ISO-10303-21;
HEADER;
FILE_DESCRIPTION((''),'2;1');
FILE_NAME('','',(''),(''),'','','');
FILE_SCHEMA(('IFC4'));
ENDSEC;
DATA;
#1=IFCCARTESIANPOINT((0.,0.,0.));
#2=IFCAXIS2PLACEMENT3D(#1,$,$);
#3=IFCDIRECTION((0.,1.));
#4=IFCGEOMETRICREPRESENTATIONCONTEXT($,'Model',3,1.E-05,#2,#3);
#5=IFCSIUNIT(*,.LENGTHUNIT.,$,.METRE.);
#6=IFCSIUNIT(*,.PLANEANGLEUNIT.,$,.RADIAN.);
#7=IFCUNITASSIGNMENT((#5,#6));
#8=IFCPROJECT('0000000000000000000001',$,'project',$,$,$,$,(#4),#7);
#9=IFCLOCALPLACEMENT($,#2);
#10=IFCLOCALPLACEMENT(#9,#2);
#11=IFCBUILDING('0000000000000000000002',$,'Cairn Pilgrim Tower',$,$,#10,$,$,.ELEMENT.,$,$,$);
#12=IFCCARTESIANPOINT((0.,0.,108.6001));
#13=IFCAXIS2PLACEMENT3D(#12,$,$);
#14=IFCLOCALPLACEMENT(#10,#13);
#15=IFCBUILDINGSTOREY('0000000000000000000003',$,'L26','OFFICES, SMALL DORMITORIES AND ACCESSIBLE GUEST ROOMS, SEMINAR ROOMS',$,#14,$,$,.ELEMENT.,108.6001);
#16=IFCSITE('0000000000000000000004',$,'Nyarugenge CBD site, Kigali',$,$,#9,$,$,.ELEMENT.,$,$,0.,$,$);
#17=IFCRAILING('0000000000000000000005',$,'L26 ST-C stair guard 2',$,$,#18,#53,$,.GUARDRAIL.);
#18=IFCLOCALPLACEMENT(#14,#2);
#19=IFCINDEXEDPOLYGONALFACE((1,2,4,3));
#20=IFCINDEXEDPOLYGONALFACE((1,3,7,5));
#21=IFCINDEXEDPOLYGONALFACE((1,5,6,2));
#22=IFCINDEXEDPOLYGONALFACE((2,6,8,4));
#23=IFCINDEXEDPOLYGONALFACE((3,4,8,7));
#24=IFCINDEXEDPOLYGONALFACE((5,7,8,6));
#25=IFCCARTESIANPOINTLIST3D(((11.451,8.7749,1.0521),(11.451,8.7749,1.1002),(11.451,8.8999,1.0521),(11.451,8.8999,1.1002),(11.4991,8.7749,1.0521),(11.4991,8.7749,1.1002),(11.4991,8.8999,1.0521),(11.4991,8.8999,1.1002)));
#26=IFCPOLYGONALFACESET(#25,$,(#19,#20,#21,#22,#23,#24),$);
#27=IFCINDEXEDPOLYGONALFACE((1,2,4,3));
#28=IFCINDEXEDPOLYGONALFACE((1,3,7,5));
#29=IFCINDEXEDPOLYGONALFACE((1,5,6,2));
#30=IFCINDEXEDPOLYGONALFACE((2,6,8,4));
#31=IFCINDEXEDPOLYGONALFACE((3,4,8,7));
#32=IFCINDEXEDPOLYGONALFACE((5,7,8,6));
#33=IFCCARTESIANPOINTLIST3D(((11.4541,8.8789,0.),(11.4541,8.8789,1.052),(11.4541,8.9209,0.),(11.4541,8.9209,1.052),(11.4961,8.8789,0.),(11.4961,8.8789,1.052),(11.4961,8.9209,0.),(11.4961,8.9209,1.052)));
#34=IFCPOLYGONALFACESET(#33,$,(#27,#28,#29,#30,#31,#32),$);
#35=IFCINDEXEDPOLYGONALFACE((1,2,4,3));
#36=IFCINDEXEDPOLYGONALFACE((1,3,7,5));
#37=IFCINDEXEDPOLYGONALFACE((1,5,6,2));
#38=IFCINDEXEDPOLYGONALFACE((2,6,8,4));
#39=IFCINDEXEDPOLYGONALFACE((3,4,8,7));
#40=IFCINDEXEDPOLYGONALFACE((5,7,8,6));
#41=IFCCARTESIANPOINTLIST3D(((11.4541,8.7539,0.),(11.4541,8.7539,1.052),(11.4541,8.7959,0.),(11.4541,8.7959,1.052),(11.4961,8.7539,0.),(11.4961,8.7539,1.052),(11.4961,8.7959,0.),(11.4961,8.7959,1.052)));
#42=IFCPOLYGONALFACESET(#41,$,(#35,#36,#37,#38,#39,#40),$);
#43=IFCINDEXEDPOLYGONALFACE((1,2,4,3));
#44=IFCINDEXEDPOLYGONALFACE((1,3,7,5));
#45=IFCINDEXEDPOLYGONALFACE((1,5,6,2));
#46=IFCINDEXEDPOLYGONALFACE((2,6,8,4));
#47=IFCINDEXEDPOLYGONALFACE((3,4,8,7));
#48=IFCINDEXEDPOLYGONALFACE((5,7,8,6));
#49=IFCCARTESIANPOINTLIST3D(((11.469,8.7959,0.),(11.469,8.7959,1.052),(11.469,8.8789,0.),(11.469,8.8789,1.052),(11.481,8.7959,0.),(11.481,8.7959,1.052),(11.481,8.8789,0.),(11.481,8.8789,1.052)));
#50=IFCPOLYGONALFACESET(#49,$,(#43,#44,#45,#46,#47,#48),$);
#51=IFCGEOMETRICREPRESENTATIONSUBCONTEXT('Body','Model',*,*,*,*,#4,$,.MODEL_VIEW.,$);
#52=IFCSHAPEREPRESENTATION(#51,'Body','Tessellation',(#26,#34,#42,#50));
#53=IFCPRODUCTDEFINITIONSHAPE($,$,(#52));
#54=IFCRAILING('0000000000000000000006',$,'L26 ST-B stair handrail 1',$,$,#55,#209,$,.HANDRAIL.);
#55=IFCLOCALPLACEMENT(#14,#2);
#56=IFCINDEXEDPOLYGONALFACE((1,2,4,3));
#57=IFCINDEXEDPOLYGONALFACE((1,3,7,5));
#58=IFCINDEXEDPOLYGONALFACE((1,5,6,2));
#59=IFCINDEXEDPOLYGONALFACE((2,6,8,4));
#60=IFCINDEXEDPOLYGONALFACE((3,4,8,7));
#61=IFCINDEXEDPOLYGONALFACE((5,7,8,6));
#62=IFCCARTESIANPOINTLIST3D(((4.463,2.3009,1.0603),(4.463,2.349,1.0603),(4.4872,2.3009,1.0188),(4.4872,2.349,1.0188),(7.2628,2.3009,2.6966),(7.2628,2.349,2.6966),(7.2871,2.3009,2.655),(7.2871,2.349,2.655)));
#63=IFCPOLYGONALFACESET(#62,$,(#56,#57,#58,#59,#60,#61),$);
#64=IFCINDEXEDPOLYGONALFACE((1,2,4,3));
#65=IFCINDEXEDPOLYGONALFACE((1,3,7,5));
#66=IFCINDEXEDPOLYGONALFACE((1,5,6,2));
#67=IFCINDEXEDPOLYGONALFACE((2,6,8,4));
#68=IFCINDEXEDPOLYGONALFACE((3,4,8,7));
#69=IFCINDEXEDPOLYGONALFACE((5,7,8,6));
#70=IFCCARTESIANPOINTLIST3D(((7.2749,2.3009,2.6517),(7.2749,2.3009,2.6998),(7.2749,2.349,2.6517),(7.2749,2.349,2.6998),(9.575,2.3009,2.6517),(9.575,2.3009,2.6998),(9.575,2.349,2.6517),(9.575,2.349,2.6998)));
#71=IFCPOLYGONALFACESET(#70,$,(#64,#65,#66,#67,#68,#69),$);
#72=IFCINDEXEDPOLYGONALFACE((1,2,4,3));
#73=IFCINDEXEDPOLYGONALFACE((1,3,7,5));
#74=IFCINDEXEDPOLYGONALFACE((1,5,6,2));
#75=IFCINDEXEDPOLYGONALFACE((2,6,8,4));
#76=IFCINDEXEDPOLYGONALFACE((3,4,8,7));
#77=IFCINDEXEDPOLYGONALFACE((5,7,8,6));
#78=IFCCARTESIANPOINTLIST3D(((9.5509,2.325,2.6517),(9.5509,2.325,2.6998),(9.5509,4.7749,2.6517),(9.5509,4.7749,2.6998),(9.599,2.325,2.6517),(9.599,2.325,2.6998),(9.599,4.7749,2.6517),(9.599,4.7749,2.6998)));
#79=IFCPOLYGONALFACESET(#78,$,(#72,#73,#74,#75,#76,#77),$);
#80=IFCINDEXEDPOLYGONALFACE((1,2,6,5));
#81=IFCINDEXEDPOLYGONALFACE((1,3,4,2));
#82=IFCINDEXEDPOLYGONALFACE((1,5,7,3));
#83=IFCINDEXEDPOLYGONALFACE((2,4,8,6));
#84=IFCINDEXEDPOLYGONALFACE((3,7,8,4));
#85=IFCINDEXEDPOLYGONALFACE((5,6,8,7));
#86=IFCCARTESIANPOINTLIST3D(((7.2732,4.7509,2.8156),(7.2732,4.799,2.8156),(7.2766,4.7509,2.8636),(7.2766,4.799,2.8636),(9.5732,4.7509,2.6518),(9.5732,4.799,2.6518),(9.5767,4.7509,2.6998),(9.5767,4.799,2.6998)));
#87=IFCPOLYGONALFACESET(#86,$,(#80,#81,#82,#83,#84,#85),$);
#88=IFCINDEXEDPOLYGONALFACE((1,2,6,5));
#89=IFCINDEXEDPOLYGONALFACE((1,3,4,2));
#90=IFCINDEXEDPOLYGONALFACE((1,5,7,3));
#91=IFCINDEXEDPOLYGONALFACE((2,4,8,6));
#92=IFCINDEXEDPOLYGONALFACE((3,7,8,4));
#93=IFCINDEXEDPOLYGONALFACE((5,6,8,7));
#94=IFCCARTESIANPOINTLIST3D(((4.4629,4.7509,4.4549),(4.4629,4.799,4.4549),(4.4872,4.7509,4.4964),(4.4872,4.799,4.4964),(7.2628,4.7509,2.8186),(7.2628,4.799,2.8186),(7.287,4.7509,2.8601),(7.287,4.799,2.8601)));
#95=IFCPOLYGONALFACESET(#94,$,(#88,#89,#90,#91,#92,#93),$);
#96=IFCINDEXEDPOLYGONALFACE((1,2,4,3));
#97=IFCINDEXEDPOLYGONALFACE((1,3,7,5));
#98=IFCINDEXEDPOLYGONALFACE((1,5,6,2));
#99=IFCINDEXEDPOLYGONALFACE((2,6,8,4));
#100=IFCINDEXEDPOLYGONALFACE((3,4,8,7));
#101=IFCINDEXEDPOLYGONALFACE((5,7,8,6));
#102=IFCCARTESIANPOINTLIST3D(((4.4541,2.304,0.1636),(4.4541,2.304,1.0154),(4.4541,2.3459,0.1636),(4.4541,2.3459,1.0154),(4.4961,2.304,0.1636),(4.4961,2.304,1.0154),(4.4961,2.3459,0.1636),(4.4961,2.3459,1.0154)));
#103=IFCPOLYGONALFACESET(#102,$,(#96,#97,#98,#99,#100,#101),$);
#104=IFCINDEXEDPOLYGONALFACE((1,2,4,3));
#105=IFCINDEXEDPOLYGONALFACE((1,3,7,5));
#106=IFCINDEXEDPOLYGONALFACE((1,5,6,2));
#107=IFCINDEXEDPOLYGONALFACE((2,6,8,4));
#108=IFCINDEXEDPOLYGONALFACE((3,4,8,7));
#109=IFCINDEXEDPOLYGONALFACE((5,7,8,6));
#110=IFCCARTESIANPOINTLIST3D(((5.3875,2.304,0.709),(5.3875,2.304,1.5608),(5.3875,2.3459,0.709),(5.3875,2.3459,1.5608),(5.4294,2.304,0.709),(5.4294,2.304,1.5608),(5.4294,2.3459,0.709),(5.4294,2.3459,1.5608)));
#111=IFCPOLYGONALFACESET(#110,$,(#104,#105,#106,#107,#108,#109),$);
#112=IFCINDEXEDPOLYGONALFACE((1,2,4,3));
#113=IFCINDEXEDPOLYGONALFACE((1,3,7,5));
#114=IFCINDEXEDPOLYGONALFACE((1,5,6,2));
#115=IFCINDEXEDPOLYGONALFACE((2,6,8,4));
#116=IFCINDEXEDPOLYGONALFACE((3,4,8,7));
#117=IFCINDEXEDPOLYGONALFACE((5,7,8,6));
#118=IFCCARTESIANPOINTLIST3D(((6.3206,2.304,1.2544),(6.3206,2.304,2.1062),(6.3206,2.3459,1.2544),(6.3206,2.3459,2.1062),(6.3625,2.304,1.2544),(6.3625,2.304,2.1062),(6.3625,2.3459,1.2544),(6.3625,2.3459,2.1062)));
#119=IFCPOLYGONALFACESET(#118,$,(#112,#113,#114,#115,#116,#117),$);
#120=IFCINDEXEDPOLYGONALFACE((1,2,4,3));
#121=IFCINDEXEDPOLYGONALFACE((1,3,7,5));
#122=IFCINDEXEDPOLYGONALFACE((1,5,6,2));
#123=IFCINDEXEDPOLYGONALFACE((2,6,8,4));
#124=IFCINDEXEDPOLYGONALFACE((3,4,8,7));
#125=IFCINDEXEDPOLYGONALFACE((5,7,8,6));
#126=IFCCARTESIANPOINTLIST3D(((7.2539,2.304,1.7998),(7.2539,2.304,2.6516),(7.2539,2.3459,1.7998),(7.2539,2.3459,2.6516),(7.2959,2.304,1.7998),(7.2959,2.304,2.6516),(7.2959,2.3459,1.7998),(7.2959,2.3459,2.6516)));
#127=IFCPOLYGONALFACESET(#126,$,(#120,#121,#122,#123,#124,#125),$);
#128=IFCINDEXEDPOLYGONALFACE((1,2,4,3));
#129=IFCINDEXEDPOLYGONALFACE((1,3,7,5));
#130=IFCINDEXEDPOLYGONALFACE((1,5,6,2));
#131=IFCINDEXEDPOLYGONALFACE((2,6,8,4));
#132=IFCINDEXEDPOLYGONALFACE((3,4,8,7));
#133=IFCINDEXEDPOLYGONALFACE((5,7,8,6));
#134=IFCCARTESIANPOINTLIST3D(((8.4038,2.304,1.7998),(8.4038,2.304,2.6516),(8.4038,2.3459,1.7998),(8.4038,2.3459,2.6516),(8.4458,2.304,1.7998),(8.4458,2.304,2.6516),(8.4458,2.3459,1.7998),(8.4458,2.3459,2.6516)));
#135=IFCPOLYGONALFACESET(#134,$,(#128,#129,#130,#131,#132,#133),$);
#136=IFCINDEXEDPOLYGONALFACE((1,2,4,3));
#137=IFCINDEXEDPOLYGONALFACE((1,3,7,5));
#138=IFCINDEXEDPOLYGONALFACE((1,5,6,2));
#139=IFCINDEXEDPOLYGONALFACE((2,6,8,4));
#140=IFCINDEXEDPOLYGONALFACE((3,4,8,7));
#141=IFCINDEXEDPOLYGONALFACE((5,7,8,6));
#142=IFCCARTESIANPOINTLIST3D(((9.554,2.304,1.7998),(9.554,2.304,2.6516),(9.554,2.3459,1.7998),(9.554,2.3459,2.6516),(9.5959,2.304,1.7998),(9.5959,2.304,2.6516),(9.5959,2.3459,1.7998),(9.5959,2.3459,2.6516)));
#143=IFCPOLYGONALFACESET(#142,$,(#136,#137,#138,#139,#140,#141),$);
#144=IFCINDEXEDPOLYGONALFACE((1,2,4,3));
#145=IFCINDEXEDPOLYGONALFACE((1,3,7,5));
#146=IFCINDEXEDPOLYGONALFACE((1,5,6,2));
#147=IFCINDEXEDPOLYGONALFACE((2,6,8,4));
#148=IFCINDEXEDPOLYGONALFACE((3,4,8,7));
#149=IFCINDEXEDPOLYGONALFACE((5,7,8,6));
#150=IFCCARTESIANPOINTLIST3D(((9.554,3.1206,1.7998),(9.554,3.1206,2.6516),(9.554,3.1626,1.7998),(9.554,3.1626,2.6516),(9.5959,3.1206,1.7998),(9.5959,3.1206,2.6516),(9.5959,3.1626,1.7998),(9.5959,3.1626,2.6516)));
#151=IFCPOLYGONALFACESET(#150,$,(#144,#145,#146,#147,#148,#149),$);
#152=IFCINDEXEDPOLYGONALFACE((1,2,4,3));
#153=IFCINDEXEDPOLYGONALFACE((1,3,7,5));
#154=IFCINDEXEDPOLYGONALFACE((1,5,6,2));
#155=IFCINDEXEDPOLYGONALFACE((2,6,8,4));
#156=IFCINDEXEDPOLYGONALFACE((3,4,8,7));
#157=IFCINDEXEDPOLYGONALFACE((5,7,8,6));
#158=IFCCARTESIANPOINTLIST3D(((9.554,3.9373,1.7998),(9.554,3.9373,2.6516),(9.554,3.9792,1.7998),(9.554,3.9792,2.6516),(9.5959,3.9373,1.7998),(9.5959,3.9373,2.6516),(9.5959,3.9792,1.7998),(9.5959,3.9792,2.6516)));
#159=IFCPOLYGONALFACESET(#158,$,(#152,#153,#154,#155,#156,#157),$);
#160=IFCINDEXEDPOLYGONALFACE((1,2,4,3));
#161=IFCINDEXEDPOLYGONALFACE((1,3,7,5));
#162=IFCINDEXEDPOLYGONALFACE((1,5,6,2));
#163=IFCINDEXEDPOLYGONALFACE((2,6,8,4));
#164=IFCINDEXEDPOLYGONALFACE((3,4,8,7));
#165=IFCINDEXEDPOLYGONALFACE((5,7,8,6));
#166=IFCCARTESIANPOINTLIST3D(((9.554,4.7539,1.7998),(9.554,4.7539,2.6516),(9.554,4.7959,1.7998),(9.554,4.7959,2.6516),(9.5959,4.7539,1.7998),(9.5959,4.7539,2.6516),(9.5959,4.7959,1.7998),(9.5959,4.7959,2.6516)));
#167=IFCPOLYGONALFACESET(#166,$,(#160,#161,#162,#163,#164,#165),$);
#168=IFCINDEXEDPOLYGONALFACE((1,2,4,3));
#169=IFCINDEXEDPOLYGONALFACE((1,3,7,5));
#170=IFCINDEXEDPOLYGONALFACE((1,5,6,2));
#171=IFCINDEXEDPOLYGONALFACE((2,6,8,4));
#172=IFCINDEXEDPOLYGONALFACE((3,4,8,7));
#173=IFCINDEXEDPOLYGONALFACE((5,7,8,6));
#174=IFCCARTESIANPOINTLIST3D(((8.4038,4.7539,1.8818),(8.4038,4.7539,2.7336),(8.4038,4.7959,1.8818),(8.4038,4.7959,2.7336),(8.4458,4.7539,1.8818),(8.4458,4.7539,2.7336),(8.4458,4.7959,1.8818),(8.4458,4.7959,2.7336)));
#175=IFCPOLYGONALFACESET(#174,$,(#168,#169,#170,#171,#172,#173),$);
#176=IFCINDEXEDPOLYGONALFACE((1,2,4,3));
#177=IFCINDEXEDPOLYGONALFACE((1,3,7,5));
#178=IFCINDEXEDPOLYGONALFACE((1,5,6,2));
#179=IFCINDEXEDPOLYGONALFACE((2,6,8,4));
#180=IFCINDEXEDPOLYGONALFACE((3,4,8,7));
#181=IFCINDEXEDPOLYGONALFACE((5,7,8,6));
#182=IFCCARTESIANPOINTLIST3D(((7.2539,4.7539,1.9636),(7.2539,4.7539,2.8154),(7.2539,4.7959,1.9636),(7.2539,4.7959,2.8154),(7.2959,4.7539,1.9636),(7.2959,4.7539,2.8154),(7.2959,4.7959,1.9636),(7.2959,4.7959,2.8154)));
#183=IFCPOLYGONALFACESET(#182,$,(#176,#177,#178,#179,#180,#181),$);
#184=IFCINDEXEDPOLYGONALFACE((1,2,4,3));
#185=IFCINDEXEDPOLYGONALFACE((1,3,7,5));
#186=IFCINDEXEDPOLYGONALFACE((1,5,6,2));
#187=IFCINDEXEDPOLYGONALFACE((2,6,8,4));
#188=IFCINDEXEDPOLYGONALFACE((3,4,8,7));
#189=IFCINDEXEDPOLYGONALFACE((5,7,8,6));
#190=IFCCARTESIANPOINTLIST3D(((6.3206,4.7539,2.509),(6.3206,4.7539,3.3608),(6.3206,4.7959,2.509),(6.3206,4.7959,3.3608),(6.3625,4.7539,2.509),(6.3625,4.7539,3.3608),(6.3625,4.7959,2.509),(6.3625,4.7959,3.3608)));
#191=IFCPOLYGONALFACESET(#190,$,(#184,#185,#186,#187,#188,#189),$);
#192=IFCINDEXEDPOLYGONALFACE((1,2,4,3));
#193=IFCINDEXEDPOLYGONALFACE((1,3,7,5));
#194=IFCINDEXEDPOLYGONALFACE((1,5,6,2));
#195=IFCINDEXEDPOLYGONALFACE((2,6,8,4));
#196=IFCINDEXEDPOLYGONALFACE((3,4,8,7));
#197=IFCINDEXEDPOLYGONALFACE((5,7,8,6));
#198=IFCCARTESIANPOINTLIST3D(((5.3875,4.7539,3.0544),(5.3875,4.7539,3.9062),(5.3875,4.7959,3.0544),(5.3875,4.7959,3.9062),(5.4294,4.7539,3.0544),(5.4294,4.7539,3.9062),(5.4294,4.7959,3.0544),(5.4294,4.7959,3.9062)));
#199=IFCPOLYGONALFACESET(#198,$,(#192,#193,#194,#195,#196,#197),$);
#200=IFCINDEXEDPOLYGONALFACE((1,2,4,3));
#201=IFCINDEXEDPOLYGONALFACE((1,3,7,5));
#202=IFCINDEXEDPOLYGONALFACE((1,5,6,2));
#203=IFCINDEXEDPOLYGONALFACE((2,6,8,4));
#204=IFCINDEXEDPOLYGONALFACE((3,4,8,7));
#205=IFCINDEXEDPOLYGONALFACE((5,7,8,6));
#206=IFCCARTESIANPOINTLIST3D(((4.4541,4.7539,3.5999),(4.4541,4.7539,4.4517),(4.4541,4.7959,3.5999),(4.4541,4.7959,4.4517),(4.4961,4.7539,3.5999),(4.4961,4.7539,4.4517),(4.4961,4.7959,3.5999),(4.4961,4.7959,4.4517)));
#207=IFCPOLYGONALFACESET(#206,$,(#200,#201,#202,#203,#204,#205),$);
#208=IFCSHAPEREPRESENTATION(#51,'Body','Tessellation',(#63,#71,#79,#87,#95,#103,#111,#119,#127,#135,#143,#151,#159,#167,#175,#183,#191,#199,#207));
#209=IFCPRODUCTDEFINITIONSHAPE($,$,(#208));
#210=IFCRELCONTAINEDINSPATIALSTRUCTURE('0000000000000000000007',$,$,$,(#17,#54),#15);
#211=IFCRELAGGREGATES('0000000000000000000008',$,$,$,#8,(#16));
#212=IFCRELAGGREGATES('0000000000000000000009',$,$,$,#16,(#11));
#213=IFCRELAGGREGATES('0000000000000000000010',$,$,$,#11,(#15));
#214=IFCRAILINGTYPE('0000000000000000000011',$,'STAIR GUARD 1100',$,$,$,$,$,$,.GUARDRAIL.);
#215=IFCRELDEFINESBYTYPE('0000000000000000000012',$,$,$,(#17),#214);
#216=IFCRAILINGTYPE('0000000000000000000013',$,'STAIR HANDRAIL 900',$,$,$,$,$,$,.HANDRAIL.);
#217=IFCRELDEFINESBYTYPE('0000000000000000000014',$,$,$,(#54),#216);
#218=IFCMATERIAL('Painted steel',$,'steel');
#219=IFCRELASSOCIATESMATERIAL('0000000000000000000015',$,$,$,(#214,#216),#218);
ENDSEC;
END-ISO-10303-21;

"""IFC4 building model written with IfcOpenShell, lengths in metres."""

from ifc_helpers import new_model, si_unit, direction, frame, origin, origin_2d, place, context, subcontext, project, spatial, polyline, rectangle, outline, extrude, material, type_object, element, save


model = new_model("IFC4")

# Units and contexts
model_context = context("Model", 3, precision=1e-05, world=origin(), true_north=direction((0.0, 1.0)))
body_context = subcontext(model_context, "Body", "Model", "MODEL_VIEW")
ifc_project = project(units=[si_unit("LENGTHUNIT", "METRE"), si_unit("PLANEANGLEUNIT", "RADIAN")], contexts=[model_context])

# Site, building, storey
site_placement = place(None, origin())
site = spatial("IfcSite", under=ifc_project, at=site_placement, Name="Nyarugenge CBD site, Kigali", CompositionType="ELEMENT", RefElevation=0.0)
building_placement = place(site_placement, origin())
building = spatial("IfcBuilding", under=site, at=building_placement, Name="Cairn Pilgrim Tower", CompositionType="ELEMENT")
storey_placement = place(building_placement, frame((0.0, 0.0, 108.6001)))
storey = spatial("IfcBuildingStorey", under=building, at=storey_placement, Name="L26", Description="OFFICES, SMALL DORMITORIES AND ACCESSIBLE GUEST ROOMS, SEMINAR ROOMS", CompositionType="ELEMENT", Elevation=108.6001)

# Shared definitions
ifc_material_1 = material(Name="Painted steel", Category="steel")

# Railings
railing_type_1 = type_object("IfcRailingType", Name="STAIR GUARD 1100", PredefinedType="GUARDRAIL", material=ifc_material_1)
railing_1_placement = place(storey_placement, frame((11.4751, 8.8999, 0.0)))
element("IfcRailing", 1, at=railing_1_placement, inside=storey, type_object=railing_type_1, Name="L26 ST-C stair guard 2", PredefinedType="GUARDRAIL", context=body_context, shape_type="SweptSolid", body=[
    extrude(rectangle(XDim=0.0481, YDim=0.0481, at=origin_2d()), frame((0.0, 0.0, 1.0762), z_axis=(0.0, -1.0, 0.0), x_axis=(1.0, 0.0, 0.0)), (0.0, 0.0, 1.0), 0.125),
    extrude(rectangle(XDim=0.042, YDim=0.042, at=origin_2d()), origin(), (0.0, 0.0, 1.0), 1.052),
    extrude(rectangle(XDim=0.042, YDim=0.042, at=origin_2d()), frame((0.0, -0.125, 0.0)), (0.0, 0.0, 1.0), 1.052),
    extrude(outline(polyline([(0.021, 0.0), (0.104, 0.0), (0.104, 1.052), (0.021, 1.052), (0.021, 0.0)])), frame((0.0059, 0.0, 0.0), z_axis=(-1.0, 0.0, 0.0), x_axis=(0.0, -1.0, 0.0)), (0.0, 0.0, 1.0), 0.012),
])
railing_type_2 = type_object("IfcRailingType", Name="STAIR HANDRAIL 900", PredefinedType="HANDRAIL", material=ifc_material_1)
railing_2_placement = place(storey_placement, frame((4.4751, 2.325, 0.1636)))
element("IfcRailing", 2, at=railing_2_placement, inside=storey, type_object=railing_type_2, Name="L26 ST-B stair handrail 1", PredefinedType="HANDRAIL", context=body_context, shape_type="SweptSolid", body=[
    extrude(rectangle(XDim=0.0481, YDim=0.0481, at=origin_2d()), frame((0.0, 0.0, 0.876), z_axis=(0.863374, 0.0, 0.504564), x_axis=(0.0, 1.0, 0.0)), (0.0, 0.0, 1.0), 3.2429),
    extrude(rectangle(XDim=0.0481, YDim=0.0481, at=origin_2d()), frame((2.7998, 0.0, 2.5122), z_axis=(1.0, 0.0, 0.0), x_axis=(0.0, 1.0, 0.0)), (0.0, 0.0, 1.0), 2.3),
    extrude(rectangle(XDim=0.0481, YDim=0.0481, at=origin_2d()), frame((5.0999, 0.0, 2.5122), z_axis=(0.0, 1.0, 0.0), x_axis=(-1.0, 0.0, 0.0)), (0.0, 0.0, 1.0), 2.45),
    extrude(rectangle(XDim=0.0481, YDim=0.0481, at=origin_2d()), frame((5.0999, 2.45, 2.5122), z_axis=(-0.997473, 0.0, 0.071044), x_axis=(0.0, -1.0, 0.0)), (0.0, 0.0, 1.0), 2.3059),
    extrude(rectangle(XDim=0.0481, YDim=0.0481, at=origin_2d()), frame((2.7998, 2.45, 2.6758), z_axis=(-0.863374, 0.0, 0.504564), x_axis=(0.0, -1.0, 0.0)), (0.0, 0.0, 1.0), 3.2429),
    extrude(rectangle(XDim=0.042, YDim=0.042, at=origin_2d()), origin(), (0.0, 0.0, 1.0), 0.8518),
    extrude(rectangle(XDim=0.042, YDim=0.042, at=origin_2d()), frame((0.9333, 0.0, 0.5454)), (0.0, 0.0, 1.0), 0.8518),
    extrude(rectangle(XDim=0.042, YDim=0.042, at=origin_2d()), frame((1.8665, 0.0, 1.0908)), (0.0, 0.0, 1.0), 0.8518),
    extrude(rectangle(XDim=0.042, YDim=0.042, at=origin_2d()), frame((2.7998, 0.0, 1.6362)), (0.0, 0.0, 1.0), 0.8518),
    extrude(rectangle(XDim=0.042, YDim=0.042, at=origin_2d()), frame((3.9497, 0.0, 1.6362)), (0.0, 0.0, 1.0), 0.8518),
    extrude(rectangle(XDim=0.042, YDim=0.042, at=origin_2d()), frame((5.0999, 0.0, 1.6362)), (0.0, 0.0, 1.0), 0.8518),
    extrude(rectangle(XDim=0.042, YDim=0.042, at=origin_2d()), frame((5.0999, 0.8167, 1.6362)), (0.0, 0.0, 1.0), 0.8518),
    extrude(rectangle(XDim=0.042, YDim=0.042, at=origin_2d()), frame((5.0999, 1.6333, 1.6362)), (0.0, 0.0, 1.0), 0.8518),
    extrude(rectangle(XDim=0.042, YDim=0.042, at=origin_2d()), frame((5.0999, 2.45, 1.6362)), (0.0, 0.0, 1.0), 0.8518),
    extrude(rectangle(XDim=0.042, YDim=0.042, at=origin_2d()), frame((3.9497, 2.45, 1.7183)), (0.0, 0.0, 1.0), 0.8518),
    extrude(rectangle(XDim=0.042, YDim=0.042, at=origin_2d()), frame((2.7998, 2.45, 1.8)), (0.0, 0.0, 1.0), 0.8518),
    extrude(rectangle(XDim=0.042, YDim=0.042, at=origin_2d()), frame((1.8665, 2.45, 2.3455)), (0.0, 0.0, 1.0), 0.8518),
    extrude(rectangle(XDim=0.042, YDim=0.042, at=origin_2d()), frame((0.9333, 2.45, 2.8909)), (0.0, 0.0, 1.0), 0.8518),
    extrude(rectangle(XDim=0.042, YDim=0.042, at=origin_2d()), frame((0.0, 2.45, 3.4363)), (0.0, 0.0, 1.0), 0.8518),
])

save(model, "model.ifc")
